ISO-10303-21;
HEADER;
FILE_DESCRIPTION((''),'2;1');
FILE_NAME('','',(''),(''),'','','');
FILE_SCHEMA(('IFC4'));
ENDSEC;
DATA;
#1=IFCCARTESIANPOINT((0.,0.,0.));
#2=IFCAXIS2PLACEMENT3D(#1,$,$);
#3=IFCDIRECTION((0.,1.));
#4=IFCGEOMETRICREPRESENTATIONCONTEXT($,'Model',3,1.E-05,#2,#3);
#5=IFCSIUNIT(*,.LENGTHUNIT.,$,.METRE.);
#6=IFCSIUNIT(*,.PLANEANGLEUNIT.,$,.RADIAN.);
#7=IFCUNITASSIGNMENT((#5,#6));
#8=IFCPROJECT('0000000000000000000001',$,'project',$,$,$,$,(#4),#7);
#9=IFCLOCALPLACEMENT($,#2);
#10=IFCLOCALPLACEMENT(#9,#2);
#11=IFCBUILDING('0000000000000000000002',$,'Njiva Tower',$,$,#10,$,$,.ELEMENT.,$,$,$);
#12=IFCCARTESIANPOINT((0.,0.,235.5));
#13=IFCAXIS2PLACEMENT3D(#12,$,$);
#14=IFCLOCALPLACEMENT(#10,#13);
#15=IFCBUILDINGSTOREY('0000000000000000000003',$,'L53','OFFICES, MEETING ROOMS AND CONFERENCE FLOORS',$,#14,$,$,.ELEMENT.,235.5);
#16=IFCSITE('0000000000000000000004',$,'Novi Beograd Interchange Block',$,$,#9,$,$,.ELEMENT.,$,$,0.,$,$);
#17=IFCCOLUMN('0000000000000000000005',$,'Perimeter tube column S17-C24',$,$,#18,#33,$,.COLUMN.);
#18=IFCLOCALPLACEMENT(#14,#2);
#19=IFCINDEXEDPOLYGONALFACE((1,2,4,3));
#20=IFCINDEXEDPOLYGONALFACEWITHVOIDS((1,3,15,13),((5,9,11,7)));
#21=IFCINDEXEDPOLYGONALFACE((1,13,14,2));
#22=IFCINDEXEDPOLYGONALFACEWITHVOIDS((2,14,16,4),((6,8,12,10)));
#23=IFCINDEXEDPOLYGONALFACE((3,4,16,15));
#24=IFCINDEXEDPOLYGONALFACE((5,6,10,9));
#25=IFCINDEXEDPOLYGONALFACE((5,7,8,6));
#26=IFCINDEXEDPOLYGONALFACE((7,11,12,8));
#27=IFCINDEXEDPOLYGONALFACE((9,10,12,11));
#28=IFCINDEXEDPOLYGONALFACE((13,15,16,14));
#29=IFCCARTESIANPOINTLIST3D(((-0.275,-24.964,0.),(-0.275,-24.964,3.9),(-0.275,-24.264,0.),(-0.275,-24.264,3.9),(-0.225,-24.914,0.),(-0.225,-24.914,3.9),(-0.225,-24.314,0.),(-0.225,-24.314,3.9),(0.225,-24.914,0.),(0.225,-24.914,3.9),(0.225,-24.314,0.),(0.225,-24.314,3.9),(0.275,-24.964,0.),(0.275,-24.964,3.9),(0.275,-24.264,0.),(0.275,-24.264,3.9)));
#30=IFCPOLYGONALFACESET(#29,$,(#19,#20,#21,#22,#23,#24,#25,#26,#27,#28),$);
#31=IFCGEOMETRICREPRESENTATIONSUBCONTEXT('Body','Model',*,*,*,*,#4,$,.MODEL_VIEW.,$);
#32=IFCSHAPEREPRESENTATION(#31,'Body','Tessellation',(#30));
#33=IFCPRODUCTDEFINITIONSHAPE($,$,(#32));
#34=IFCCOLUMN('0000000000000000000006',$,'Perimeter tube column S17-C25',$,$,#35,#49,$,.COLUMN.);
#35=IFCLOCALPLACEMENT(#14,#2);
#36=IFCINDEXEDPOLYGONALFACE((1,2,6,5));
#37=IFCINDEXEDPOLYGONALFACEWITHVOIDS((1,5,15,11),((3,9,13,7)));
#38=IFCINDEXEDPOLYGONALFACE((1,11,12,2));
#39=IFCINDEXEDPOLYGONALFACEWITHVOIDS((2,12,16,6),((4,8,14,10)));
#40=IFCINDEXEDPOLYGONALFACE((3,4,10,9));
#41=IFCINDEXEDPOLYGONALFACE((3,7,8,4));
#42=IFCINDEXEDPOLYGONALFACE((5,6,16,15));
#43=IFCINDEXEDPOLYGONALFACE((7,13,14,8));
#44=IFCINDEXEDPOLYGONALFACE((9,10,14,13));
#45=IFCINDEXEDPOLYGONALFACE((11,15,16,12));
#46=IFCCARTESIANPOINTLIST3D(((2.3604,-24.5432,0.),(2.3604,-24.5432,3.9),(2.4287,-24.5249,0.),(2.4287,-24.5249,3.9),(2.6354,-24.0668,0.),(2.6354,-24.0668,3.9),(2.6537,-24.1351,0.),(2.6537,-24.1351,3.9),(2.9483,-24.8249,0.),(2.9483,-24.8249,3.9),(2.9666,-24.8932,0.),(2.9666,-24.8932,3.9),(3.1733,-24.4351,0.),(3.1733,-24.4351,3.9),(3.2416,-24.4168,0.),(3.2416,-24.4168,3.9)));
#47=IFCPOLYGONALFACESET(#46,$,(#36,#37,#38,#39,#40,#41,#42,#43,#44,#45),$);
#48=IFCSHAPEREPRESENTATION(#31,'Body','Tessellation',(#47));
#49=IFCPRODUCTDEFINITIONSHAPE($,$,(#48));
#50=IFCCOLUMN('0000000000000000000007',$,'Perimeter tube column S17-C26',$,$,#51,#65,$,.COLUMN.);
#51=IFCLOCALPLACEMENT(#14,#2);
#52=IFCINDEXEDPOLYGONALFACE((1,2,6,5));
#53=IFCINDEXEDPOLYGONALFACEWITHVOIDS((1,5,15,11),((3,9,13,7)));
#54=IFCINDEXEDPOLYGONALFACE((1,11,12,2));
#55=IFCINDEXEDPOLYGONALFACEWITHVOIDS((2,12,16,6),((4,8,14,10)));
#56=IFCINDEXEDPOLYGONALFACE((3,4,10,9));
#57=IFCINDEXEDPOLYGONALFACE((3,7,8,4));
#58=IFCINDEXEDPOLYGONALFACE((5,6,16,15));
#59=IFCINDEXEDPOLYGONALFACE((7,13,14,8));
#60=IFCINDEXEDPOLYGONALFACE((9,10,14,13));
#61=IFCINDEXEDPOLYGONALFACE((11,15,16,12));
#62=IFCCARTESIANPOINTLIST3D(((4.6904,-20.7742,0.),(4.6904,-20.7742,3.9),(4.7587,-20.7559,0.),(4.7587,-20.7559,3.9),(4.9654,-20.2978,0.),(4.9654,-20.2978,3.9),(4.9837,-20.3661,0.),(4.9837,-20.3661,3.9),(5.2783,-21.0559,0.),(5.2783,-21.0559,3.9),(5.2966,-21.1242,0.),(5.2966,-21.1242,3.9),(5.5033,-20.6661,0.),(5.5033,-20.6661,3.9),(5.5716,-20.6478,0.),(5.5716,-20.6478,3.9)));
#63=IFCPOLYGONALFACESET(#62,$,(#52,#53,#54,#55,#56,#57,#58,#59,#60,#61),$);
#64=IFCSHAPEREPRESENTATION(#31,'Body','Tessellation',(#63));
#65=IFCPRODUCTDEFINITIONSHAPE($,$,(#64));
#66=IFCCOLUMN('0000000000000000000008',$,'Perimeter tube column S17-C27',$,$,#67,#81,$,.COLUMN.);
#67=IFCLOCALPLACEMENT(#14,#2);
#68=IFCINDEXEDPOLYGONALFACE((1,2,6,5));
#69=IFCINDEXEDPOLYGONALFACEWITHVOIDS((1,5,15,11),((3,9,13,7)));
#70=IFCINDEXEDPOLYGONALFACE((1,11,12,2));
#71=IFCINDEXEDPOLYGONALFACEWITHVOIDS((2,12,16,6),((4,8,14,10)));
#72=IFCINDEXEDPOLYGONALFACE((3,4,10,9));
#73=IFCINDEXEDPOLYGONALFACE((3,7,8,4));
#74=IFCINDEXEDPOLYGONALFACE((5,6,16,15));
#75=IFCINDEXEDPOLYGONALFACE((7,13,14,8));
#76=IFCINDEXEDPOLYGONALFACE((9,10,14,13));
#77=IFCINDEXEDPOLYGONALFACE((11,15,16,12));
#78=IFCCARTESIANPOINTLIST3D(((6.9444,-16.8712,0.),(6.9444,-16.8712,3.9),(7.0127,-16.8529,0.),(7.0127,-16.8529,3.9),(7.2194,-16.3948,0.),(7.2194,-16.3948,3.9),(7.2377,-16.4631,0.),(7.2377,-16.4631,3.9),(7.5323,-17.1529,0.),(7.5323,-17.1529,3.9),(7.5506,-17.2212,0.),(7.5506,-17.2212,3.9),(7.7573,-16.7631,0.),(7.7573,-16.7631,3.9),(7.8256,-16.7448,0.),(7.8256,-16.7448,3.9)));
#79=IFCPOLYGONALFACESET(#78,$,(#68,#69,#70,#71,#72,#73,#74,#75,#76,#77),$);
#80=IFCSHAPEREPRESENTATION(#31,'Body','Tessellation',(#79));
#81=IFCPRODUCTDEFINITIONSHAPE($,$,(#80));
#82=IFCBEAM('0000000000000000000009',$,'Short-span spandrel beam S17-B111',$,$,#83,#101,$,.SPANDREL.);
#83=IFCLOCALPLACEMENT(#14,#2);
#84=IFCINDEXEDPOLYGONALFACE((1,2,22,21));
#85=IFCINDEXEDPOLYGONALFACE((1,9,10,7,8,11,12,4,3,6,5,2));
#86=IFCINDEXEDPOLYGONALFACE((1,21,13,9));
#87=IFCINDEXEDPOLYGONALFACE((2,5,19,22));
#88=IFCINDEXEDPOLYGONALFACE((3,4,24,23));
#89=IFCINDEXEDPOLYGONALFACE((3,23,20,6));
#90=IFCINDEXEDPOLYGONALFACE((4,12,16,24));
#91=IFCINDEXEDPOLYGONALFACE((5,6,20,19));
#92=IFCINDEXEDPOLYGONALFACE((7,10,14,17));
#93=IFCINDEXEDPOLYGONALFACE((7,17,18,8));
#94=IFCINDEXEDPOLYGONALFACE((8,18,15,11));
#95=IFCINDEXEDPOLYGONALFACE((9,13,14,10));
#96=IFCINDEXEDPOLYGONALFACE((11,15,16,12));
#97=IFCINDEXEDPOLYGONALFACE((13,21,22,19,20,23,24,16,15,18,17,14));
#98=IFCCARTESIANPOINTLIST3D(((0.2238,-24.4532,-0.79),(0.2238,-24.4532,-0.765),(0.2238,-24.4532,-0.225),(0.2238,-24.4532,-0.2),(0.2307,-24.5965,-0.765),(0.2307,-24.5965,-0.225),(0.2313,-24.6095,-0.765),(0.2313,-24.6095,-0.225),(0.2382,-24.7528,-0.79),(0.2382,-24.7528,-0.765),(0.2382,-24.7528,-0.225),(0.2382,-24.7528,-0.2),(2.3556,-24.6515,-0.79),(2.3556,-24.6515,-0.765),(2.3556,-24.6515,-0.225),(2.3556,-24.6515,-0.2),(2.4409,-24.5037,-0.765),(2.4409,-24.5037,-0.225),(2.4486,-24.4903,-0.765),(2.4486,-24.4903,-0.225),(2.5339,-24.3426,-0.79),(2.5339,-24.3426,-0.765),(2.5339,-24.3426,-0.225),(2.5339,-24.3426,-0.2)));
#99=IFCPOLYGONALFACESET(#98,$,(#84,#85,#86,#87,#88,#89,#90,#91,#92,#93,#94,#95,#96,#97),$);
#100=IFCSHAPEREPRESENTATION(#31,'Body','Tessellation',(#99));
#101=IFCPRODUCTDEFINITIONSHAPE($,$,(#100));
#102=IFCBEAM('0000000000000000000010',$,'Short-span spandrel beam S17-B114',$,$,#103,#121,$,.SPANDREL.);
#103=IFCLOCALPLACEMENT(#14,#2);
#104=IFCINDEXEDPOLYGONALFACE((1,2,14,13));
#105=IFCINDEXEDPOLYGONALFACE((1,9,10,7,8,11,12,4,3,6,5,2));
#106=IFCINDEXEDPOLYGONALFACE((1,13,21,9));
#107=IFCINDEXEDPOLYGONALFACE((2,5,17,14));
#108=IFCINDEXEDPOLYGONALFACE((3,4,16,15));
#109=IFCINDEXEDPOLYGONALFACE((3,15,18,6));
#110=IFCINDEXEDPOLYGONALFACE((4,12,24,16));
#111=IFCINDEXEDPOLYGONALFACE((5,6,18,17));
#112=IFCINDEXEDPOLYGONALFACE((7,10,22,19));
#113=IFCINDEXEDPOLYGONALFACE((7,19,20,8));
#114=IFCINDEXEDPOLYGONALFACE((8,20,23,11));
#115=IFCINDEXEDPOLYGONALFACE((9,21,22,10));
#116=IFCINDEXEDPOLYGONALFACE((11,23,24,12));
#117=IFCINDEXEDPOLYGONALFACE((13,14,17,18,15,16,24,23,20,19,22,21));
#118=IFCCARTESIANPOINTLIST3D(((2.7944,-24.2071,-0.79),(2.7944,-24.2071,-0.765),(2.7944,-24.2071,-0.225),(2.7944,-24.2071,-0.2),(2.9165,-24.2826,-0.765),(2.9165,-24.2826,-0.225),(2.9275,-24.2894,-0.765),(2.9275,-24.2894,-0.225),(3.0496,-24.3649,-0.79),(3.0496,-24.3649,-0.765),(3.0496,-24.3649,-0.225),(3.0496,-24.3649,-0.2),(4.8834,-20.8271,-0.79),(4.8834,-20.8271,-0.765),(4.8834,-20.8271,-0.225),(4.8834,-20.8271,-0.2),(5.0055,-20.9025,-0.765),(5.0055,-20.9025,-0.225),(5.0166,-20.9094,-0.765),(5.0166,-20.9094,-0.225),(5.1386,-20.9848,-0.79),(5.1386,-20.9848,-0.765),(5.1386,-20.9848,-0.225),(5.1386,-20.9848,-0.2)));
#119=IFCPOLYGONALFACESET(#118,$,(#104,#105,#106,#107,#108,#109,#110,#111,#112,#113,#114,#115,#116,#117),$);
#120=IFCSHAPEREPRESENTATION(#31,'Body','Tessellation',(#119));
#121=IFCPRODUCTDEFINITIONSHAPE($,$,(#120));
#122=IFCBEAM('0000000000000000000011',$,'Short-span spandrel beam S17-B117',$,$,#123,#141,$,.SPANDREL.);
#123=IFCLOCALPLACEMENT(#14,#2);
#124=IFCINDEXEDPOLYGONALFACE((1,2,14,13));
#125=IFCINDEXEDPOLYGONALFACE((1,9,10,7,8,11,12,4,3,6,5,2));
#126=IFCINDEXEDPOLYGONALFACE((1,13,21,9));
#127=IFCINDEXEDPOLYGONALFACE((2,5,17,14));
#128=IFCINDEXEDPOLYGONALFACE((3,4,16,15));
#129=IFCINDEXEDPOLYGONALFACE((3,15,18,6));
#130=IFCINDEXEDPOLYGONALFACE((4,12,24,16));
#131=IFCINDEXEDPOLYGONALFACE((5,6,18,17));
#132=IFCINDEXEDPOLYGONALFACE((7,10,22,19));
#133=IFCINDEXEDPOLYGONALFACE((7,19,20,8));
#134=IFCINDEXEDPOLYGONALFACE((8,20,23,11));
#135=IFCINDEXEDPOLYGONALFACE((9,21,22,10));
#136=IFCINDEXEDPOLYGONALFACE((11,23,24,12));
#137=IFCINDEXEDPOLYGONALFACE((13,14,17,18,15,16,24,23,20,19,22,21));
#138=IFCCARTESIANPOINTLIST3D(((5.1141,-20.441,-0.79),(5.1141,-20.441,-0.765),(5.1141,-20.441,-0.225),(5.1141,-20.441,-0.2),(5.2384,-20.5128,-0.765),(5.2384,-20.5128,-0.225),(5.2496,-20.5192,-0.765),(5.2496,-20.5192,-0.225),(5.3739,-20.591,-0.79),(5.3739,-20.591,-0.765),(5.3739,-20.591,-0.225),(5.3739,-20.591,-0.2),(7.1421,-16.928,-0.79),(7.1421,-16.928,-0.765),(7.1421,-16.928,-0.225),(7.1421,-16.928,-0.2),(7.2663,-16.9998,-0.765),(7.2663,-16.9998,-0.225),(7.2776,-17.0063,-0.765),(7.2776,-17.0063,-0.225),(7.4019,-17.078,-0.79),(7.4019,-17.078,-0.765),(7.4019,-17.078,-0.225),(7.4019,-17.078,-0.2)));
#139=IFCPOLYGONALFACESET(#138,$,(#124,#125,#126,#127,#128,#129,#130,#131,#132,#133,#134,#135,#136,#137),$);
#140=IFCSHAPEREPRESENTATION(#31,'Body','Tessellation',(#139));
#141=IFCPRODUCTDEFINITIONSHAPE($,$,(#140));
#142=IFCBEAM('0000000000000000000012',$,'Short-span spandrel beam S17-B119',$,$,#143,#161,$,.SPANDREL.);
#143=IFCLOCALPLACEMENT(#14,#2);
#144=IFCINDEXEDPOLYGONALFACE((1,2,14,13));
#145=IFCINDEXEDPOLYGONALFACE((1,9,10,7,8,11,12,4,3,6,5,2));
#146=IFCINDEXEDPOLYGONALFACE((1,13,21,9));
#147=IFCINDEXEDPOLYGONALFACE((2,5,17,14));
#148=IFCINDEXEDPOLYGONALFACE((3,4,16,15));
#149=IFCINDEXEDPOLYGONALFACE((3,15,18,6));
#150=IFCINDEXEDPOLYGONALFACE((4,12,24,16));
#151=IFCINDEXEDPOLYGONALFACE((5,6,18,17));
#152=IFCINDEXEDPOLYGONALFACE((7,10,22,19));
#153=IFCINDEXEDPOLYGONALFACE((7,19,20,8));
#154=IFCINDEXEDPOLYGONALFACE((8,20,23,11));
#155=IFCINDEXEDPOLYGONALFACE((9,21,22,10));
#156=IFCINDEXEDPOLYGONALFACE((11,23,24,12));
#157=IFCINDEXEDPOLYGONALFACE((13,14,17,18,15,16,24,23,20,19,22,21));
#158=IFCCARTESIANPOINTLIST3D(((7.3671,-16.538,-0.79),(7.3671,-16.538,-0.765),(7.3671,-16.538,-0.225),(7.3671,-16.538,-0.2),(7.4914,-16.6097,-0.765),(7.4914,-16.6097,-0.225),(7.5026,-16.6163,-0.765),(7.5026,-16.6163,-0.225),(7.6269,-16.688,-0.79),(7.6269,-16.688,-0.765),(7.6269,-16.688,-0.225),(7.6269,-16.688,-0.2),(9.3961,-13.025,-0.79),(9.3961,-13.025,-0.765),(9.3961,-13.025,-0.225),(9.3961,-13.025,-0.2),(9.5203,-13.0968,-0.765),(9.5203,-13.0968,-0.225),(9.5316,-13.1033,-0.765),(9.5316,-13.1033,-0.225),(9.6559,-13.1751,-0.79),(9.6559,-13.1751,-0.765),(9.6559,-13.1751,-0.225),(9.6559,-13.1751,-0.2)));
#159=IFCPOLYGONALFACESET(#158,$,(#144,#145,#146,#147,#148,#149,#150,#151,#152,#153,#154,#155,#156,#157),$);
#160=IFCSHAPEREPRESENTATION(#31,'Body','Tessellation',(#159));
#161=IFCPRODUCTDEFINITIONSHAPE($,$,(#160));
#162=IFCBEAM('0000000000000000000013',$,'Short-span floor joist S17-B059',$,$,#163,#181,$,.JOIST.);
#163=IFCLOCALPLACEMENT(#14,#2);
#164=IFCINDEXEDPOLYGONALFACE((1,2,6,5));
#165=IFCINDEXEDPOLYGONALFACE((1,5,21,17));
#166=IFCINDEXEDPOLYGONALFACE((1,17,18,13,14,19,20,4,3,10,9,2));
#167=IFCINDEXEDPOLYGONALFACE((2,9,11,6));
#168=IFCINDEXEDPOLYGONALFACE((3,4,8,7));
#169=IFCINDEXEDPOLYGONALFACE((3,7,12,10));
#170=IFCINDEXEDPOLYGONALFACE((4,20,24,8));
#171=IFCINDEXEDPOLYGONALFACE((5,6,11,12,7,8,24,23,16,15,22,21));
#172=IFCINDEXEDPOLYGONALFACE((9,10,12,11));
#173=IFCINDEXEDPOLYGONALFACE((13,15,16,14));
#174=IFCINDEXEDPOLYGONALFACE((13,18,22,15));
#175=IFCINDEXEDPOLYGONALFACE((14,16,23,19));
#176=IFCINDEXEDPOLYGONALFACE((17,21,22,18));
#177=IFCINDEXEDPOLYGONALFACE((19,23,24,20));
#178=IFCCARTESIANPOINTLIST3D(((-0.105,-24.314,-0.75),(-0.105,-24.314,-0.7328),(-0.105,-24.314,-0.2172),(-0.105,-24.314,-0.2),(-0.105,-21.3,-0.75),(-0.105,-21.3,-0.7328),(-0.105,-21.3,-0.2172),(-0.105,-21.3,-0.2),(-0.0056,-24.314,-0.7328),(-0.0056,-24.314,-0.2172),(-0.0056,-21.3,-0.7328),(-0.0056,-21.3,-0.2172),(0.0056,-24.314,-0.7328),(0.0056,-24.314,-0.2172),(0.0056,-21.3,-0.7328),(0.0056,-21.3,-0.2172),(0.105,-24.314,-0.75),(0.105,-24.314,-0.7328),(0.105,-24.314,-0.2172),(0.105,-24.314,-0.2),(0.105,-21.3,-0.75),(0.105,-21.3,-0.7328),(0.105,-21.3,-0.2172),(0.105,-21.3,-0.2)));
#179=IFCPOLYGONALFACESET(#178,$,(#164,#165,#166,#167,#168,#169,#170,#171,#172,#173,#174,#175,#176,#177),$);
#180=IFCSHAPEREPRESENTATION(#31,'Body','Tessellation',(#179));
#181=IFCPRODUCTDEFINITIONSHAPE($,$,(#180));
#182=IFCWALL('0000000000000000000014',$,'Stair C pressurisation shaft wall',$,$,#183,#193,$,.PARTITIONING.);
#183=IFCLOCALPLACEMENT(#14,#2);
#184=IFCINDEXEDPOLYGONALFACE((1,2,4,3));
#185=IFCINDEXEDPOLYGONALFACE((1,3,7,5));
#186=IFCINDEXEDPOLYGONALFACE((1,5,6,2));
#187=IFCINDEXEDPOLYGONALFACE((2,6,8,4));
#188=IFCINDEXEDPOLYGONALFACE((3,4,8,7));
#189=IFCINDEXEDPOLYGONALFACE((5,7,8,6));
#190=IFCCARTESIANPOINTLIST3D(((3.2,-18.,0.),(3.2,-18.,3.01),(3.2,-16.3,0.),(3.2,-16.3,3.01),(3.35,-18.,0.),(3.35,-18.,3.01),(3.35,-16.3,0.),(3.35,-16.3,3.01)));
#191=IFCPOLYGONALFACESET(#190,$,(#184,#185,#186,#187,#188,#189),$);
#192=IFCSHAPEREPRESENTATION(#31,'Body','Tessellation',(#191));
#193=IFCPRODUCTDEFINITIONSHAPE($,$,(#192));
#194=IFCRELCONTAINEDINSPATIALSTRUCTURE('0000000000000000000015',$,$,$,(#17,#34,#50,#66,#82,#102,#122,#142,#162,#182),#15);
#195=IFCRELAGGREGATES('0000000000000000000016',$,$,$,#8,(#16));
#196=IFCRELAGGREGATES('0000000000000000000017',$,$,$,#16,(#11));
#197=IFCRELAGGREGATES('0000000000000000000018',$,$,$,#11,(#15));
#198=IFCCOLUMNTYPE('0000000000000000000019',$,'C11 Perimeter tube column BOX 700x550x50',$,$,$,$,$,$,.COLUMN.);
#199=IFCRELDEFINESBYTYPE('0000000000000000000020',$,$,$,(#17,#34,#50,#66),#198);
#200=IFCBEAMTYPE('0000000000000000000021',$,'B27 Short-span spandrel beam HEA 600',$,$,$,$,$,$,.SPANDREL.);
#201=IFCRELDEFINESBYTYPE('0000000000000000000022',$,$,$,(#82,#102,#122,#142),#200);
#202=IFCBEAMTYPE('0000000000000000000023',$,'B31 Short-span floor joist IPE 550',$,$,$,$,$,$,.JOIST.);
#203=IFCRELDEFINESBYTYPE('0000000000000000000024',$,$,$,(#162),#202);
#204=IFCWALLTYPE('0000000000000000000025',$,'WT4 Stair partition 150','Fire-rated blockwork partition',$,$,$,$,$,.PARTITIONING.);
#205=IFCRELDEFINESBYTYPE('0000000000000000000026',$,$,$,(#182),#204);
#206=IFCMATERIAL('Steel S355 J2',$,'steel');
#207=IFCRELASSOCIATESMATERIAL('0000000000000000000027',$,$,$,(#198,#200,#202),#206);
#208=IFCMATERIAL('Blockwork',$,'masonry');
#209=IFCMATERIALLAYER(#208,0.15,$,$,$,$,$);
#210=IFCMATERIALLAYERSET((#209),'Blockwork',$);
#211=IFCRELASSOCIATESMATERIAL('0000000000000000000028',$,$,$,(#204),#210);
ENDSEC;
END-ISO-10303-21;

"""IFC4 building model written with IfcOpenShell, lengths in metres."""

from ifc_helpers import new_model, si_unit, direction, frame, frame_2d, origin, origin_2d, place, context, subcontext, project, spatial, rectangle, hollow_rectangle, i_section, extrude, clip, halfspace, material, layer, layer_set, material_profile, profile_set, type_object, element, save


model = new_model("IFC4")

# Units and contexts
model_context = context("Model", 3, precision=1e-05, world=origin(), true_north=direction((0.0, 1.0)))
body_context = subcontext(model_context, "Body", "Model", "MODEL_VIEW")
ifc_project = project(units=[si_unit("LENGTHUNIT", "METRE"), si_unit("PLANEANGLEUNIT", "RADIAN")], contexts=[model_context])

# Site, building, storey
site_placement = place(None, origin())
site = spatial("IfcSite", under=ifc_project, at=site_placement, Name="Novi Beograd Interchange Block", CompositionType="ELEMENT", RefElevation=0.0)
building_placement = place(site_placement, origin())
building = spatial("IfcBuilding", under=site, at=building_placement, Name="Njiva Tower", CompositionType="ELEMENT")
storey_placement = place(building_placement, frame((0.0, 0.0, 235.5)))
storey = spatial("IfcBuildingStorey", under=building, at=storey_placement, Name="L53", Description="OFFICES, MEETING ROOMS AND CONFERENCE FLOORS", CompositionType="ELEMENT", Elevation=235.5)

# Columns
ifc_material_1 = material(Name="Steel S355 J2", Category="steel")
ifc_material_profile_1 = material_profile(ifc_material_1, hollow_rectangle(XDim=0.55, YDim=0.7, WallThickness=0.05, at=origin_2d()), Name="BOX 700x550x50")
ifc_profile_set_1 = profile_set([ifc_material_profile_1], Name="Steel S355 J2")
column_type = type_object("IfcColumnType", Name="C11 Perimeter tube column BOX 700x550x50", PredefinedType="COLUMN", material=ifc_profile_set_1)
for number, where, z_axis, x_axis, name in (
    (1, (0.0, -24.614, 0.0), (0.0, 0.0, 1.0), (1.0, 0.0, 0.0), "Perimeter tube column S17-C24"),
    (2, (2.801, -24.48, 0.0), (0.0, 0.0, 1.0), (0.5, 0.866025, 0.0), "Perimeter tube column S17-C25"),
    (3, (5.131, -20.711, 0.0), (0.0, 0.0, 1.0), (0.5, 0.866025, 0.0), "Perimeter tube column S17-C26"),
    (4, (7.385, -16.808, 0.0), (0.0, 0.0, 1.0), (0.5, 0.866025, 0.0), "Perimeter tube column S17-C27"),
):
    element("IfcColumn", number, at=place(storey_placement, frame(where, z_axis=z_axis, x_axis=x_axis)), inside=storey, type_object=column_type, Name=name, PredefinedType="COLUMN", context=body_context, shape_type="SweptSolid", body=[
        extrude(hollow_rectangle(XDim=0.55, YDim=0.7, WallThickness=0.05, at=origin_2d()), origin(), (0.0, 0.0, 1.0), 3.9),
    ])

# Beams
ifc_material_profile_2 = material_profile(ifc_material_1, i_section(OverallWidth=0.3, OverallDepth=0.59, WebThickness=0.013, FlangeThickness=0.025, at=origin_2d()), Name="HEA 600")
ifc_profile_set_2 = profile_set([ifc_material_profile_2], Name="Steel S355 J2")
beam_type_1 = type_object("IfcBeamType", Name="B27 Short-span spandrel beam HEA 600", PredefinedType="SPANDREL", material=ifc_profile_set_2)
beam_1_placement = place(storey_placement, frame((0.231, -24.603, -0.495), z_axis=(0.998856, 0.047822, 0.0), x_axis=(-0.047822, 0.998856, 0.0)))
element("IfcBeam", 5, at=beam_1_placement, inside=storey, type_object=beam_type_1, Name="Short-span spandrel beam S17-B111", PredefinedType="SPANDREL", context=body_context, shape_type="Clipping", body=[
    clip(extrude(i_section(OverallWidth=0.3, OverallDepth=0.59, WebThickness=0.013, FlangeThickness=0.025, at=origin_2d()), origin(), (0.0, 0.0, 1.0), 2.3325), halfspace(frame((-0.0274, 0.0, 2.1987), z_axis=(-0.540841, 0.0, 0.841125), x_axis=(0.0, 1.0, 0.0)), False)),
])
beam_2_placement = place(storey_placement, frame((2.922, -24.286, -0.495), z_axis=(0.525739, 0.850646, 0.0), x_axis=(-0.850646, 0.525739, 0.0)))
element("IfcBeam", 6, at=beam_2_placement, inside=storey, type_object=beam_type_1, Name="Short-span spandrel beam S17-B114", PredefinedType="SPANDREL", context=body_context, shape_type="SweptSolid", body=[
    extrude(i_section(OverallWidth=0.3, OverallDepth=0.59, WebThickness=0.013, FlangeThickness=0.025, at=origin_2d()), origin(), (0.0, 0.0, 1.0), 3.9735),
])
beam_3_placement = place(storey_placement, frame((5.244, -20.516, -0.495), z_axis=(0.499957, 0.86605, 0.0), x_axis=(-0.86605, 0.499957, 0.0)))
element("IfcBeam", 7, at=beam_3_placement, inside=storey, type_object=beam_type_1, Name="Short-span spandrel beam S17-B117", PredefinedType="SPANDREL", context=body_context, shape_type="SweptSolid", body=[
    extrude(i_section(OverallWidth=0.3, OverallDepth=0.59, WebThickness=0.013, FlangeThickness=0.025, at=origin_2d()), origin(), (0.0, 0.0, 1.0), 4.0563),
])
beam_4_placement = place(storey_placement, frame((7.497, -16.613, -0.495), z_axis=(0.500142, 0.865943, 0.0), x_axis=(-0.865943, 0.500142, 0.0)))
element("IfcBeam", 8, at=beam_4_placement, inside=storey, type_object=beam_type_1, Name="Short-span spandrel beam S17-B119", PredefinedType="SPANDREL", context=body_context, shape_type="SweptSolid", body=[
    extrude(i_section(OverallWidth=0.3, OverallDepth=0.59, WebThickness=0.013, FlangeThickness=0.025, at=origin_2d()), origin(), (0.0, 0.0, 1.0), 4.0568),
])
ifc_material_profile_3 = material_profile(ifc_material_1, i_section(OverallWidth=0.21, OverallDepth=0.55, WebThickness=0.0111, FlangeThickness=0.0172, at=origin_2d()), Name="IPE 550")
ifc_profile_set_3 = profile_set([ifc_material_profile_3], Name="Steel S355 J2")
beam_type_2 = type_object("IfcBeamType", Name="B31 Short-span floor joist IPE 550", PredefinedType="JOIST", material=ifc_profile_set_3)
beam_5_placement = place(storey_placement, frame((0.0, -21.3, -0.475), z_axis=(0.0, -1.0, 0.0), x_axis=(1.0, 0.0, 0.0)))
element("IfcBeam", 9, at=beam_5_placement, inside=storey, type_object=beam_type_2, Name="Short-span floor joist S17-B059", PredefinedType="JOIST", context=body_context, shape_type="SweptSolid", body=[
    extrude(i_section(OverallWidth=0.21, OverallDepth=0.55, WebThickness=0.0111, FlangeThickness=0.0172, at=origin_2d()), origin(), (0.0, 0.0, 1.0), 3.014),
])

# Wall
ifc_material_2 = material(Name="Blockwork", Category="masonry")
ifc_layer_1 = layer(ifc_material_2, 0.15)
ifc_layer_set_1 = layer_set([ifc_layer_1], Name="Blockwork")
wall_type_1 = type_object("IfcWallType", Name="WT4 Stair partition 150", Description="Fire-rated blockwork partition", PredefinedType="PARTITIONING", material=ifc_layer_set_1)
wall_1_placement = place(storey_placement, frame((3.275, -18.0, 0.0), z_axis=(0.0, 0.0, 1.0), x_axis=(0.0, 1.0, 0.0)))
element("IfcWall", 10, at=wall_1_placement, inside=storey, type_object=wall_type_1, Name="Stair C pressurisation shaft wall", PredefinedType="PARTITIONING", context=body_context, shape_type="SweptSolid", body=[
    extrude(rectangle(XDim=1.7, YDim=0.15, at=frame_2d((0.85, 0.0))), origin(), (0.0, 0.0, 1.0), 3.01),
])

save(model, "model.ifc")
